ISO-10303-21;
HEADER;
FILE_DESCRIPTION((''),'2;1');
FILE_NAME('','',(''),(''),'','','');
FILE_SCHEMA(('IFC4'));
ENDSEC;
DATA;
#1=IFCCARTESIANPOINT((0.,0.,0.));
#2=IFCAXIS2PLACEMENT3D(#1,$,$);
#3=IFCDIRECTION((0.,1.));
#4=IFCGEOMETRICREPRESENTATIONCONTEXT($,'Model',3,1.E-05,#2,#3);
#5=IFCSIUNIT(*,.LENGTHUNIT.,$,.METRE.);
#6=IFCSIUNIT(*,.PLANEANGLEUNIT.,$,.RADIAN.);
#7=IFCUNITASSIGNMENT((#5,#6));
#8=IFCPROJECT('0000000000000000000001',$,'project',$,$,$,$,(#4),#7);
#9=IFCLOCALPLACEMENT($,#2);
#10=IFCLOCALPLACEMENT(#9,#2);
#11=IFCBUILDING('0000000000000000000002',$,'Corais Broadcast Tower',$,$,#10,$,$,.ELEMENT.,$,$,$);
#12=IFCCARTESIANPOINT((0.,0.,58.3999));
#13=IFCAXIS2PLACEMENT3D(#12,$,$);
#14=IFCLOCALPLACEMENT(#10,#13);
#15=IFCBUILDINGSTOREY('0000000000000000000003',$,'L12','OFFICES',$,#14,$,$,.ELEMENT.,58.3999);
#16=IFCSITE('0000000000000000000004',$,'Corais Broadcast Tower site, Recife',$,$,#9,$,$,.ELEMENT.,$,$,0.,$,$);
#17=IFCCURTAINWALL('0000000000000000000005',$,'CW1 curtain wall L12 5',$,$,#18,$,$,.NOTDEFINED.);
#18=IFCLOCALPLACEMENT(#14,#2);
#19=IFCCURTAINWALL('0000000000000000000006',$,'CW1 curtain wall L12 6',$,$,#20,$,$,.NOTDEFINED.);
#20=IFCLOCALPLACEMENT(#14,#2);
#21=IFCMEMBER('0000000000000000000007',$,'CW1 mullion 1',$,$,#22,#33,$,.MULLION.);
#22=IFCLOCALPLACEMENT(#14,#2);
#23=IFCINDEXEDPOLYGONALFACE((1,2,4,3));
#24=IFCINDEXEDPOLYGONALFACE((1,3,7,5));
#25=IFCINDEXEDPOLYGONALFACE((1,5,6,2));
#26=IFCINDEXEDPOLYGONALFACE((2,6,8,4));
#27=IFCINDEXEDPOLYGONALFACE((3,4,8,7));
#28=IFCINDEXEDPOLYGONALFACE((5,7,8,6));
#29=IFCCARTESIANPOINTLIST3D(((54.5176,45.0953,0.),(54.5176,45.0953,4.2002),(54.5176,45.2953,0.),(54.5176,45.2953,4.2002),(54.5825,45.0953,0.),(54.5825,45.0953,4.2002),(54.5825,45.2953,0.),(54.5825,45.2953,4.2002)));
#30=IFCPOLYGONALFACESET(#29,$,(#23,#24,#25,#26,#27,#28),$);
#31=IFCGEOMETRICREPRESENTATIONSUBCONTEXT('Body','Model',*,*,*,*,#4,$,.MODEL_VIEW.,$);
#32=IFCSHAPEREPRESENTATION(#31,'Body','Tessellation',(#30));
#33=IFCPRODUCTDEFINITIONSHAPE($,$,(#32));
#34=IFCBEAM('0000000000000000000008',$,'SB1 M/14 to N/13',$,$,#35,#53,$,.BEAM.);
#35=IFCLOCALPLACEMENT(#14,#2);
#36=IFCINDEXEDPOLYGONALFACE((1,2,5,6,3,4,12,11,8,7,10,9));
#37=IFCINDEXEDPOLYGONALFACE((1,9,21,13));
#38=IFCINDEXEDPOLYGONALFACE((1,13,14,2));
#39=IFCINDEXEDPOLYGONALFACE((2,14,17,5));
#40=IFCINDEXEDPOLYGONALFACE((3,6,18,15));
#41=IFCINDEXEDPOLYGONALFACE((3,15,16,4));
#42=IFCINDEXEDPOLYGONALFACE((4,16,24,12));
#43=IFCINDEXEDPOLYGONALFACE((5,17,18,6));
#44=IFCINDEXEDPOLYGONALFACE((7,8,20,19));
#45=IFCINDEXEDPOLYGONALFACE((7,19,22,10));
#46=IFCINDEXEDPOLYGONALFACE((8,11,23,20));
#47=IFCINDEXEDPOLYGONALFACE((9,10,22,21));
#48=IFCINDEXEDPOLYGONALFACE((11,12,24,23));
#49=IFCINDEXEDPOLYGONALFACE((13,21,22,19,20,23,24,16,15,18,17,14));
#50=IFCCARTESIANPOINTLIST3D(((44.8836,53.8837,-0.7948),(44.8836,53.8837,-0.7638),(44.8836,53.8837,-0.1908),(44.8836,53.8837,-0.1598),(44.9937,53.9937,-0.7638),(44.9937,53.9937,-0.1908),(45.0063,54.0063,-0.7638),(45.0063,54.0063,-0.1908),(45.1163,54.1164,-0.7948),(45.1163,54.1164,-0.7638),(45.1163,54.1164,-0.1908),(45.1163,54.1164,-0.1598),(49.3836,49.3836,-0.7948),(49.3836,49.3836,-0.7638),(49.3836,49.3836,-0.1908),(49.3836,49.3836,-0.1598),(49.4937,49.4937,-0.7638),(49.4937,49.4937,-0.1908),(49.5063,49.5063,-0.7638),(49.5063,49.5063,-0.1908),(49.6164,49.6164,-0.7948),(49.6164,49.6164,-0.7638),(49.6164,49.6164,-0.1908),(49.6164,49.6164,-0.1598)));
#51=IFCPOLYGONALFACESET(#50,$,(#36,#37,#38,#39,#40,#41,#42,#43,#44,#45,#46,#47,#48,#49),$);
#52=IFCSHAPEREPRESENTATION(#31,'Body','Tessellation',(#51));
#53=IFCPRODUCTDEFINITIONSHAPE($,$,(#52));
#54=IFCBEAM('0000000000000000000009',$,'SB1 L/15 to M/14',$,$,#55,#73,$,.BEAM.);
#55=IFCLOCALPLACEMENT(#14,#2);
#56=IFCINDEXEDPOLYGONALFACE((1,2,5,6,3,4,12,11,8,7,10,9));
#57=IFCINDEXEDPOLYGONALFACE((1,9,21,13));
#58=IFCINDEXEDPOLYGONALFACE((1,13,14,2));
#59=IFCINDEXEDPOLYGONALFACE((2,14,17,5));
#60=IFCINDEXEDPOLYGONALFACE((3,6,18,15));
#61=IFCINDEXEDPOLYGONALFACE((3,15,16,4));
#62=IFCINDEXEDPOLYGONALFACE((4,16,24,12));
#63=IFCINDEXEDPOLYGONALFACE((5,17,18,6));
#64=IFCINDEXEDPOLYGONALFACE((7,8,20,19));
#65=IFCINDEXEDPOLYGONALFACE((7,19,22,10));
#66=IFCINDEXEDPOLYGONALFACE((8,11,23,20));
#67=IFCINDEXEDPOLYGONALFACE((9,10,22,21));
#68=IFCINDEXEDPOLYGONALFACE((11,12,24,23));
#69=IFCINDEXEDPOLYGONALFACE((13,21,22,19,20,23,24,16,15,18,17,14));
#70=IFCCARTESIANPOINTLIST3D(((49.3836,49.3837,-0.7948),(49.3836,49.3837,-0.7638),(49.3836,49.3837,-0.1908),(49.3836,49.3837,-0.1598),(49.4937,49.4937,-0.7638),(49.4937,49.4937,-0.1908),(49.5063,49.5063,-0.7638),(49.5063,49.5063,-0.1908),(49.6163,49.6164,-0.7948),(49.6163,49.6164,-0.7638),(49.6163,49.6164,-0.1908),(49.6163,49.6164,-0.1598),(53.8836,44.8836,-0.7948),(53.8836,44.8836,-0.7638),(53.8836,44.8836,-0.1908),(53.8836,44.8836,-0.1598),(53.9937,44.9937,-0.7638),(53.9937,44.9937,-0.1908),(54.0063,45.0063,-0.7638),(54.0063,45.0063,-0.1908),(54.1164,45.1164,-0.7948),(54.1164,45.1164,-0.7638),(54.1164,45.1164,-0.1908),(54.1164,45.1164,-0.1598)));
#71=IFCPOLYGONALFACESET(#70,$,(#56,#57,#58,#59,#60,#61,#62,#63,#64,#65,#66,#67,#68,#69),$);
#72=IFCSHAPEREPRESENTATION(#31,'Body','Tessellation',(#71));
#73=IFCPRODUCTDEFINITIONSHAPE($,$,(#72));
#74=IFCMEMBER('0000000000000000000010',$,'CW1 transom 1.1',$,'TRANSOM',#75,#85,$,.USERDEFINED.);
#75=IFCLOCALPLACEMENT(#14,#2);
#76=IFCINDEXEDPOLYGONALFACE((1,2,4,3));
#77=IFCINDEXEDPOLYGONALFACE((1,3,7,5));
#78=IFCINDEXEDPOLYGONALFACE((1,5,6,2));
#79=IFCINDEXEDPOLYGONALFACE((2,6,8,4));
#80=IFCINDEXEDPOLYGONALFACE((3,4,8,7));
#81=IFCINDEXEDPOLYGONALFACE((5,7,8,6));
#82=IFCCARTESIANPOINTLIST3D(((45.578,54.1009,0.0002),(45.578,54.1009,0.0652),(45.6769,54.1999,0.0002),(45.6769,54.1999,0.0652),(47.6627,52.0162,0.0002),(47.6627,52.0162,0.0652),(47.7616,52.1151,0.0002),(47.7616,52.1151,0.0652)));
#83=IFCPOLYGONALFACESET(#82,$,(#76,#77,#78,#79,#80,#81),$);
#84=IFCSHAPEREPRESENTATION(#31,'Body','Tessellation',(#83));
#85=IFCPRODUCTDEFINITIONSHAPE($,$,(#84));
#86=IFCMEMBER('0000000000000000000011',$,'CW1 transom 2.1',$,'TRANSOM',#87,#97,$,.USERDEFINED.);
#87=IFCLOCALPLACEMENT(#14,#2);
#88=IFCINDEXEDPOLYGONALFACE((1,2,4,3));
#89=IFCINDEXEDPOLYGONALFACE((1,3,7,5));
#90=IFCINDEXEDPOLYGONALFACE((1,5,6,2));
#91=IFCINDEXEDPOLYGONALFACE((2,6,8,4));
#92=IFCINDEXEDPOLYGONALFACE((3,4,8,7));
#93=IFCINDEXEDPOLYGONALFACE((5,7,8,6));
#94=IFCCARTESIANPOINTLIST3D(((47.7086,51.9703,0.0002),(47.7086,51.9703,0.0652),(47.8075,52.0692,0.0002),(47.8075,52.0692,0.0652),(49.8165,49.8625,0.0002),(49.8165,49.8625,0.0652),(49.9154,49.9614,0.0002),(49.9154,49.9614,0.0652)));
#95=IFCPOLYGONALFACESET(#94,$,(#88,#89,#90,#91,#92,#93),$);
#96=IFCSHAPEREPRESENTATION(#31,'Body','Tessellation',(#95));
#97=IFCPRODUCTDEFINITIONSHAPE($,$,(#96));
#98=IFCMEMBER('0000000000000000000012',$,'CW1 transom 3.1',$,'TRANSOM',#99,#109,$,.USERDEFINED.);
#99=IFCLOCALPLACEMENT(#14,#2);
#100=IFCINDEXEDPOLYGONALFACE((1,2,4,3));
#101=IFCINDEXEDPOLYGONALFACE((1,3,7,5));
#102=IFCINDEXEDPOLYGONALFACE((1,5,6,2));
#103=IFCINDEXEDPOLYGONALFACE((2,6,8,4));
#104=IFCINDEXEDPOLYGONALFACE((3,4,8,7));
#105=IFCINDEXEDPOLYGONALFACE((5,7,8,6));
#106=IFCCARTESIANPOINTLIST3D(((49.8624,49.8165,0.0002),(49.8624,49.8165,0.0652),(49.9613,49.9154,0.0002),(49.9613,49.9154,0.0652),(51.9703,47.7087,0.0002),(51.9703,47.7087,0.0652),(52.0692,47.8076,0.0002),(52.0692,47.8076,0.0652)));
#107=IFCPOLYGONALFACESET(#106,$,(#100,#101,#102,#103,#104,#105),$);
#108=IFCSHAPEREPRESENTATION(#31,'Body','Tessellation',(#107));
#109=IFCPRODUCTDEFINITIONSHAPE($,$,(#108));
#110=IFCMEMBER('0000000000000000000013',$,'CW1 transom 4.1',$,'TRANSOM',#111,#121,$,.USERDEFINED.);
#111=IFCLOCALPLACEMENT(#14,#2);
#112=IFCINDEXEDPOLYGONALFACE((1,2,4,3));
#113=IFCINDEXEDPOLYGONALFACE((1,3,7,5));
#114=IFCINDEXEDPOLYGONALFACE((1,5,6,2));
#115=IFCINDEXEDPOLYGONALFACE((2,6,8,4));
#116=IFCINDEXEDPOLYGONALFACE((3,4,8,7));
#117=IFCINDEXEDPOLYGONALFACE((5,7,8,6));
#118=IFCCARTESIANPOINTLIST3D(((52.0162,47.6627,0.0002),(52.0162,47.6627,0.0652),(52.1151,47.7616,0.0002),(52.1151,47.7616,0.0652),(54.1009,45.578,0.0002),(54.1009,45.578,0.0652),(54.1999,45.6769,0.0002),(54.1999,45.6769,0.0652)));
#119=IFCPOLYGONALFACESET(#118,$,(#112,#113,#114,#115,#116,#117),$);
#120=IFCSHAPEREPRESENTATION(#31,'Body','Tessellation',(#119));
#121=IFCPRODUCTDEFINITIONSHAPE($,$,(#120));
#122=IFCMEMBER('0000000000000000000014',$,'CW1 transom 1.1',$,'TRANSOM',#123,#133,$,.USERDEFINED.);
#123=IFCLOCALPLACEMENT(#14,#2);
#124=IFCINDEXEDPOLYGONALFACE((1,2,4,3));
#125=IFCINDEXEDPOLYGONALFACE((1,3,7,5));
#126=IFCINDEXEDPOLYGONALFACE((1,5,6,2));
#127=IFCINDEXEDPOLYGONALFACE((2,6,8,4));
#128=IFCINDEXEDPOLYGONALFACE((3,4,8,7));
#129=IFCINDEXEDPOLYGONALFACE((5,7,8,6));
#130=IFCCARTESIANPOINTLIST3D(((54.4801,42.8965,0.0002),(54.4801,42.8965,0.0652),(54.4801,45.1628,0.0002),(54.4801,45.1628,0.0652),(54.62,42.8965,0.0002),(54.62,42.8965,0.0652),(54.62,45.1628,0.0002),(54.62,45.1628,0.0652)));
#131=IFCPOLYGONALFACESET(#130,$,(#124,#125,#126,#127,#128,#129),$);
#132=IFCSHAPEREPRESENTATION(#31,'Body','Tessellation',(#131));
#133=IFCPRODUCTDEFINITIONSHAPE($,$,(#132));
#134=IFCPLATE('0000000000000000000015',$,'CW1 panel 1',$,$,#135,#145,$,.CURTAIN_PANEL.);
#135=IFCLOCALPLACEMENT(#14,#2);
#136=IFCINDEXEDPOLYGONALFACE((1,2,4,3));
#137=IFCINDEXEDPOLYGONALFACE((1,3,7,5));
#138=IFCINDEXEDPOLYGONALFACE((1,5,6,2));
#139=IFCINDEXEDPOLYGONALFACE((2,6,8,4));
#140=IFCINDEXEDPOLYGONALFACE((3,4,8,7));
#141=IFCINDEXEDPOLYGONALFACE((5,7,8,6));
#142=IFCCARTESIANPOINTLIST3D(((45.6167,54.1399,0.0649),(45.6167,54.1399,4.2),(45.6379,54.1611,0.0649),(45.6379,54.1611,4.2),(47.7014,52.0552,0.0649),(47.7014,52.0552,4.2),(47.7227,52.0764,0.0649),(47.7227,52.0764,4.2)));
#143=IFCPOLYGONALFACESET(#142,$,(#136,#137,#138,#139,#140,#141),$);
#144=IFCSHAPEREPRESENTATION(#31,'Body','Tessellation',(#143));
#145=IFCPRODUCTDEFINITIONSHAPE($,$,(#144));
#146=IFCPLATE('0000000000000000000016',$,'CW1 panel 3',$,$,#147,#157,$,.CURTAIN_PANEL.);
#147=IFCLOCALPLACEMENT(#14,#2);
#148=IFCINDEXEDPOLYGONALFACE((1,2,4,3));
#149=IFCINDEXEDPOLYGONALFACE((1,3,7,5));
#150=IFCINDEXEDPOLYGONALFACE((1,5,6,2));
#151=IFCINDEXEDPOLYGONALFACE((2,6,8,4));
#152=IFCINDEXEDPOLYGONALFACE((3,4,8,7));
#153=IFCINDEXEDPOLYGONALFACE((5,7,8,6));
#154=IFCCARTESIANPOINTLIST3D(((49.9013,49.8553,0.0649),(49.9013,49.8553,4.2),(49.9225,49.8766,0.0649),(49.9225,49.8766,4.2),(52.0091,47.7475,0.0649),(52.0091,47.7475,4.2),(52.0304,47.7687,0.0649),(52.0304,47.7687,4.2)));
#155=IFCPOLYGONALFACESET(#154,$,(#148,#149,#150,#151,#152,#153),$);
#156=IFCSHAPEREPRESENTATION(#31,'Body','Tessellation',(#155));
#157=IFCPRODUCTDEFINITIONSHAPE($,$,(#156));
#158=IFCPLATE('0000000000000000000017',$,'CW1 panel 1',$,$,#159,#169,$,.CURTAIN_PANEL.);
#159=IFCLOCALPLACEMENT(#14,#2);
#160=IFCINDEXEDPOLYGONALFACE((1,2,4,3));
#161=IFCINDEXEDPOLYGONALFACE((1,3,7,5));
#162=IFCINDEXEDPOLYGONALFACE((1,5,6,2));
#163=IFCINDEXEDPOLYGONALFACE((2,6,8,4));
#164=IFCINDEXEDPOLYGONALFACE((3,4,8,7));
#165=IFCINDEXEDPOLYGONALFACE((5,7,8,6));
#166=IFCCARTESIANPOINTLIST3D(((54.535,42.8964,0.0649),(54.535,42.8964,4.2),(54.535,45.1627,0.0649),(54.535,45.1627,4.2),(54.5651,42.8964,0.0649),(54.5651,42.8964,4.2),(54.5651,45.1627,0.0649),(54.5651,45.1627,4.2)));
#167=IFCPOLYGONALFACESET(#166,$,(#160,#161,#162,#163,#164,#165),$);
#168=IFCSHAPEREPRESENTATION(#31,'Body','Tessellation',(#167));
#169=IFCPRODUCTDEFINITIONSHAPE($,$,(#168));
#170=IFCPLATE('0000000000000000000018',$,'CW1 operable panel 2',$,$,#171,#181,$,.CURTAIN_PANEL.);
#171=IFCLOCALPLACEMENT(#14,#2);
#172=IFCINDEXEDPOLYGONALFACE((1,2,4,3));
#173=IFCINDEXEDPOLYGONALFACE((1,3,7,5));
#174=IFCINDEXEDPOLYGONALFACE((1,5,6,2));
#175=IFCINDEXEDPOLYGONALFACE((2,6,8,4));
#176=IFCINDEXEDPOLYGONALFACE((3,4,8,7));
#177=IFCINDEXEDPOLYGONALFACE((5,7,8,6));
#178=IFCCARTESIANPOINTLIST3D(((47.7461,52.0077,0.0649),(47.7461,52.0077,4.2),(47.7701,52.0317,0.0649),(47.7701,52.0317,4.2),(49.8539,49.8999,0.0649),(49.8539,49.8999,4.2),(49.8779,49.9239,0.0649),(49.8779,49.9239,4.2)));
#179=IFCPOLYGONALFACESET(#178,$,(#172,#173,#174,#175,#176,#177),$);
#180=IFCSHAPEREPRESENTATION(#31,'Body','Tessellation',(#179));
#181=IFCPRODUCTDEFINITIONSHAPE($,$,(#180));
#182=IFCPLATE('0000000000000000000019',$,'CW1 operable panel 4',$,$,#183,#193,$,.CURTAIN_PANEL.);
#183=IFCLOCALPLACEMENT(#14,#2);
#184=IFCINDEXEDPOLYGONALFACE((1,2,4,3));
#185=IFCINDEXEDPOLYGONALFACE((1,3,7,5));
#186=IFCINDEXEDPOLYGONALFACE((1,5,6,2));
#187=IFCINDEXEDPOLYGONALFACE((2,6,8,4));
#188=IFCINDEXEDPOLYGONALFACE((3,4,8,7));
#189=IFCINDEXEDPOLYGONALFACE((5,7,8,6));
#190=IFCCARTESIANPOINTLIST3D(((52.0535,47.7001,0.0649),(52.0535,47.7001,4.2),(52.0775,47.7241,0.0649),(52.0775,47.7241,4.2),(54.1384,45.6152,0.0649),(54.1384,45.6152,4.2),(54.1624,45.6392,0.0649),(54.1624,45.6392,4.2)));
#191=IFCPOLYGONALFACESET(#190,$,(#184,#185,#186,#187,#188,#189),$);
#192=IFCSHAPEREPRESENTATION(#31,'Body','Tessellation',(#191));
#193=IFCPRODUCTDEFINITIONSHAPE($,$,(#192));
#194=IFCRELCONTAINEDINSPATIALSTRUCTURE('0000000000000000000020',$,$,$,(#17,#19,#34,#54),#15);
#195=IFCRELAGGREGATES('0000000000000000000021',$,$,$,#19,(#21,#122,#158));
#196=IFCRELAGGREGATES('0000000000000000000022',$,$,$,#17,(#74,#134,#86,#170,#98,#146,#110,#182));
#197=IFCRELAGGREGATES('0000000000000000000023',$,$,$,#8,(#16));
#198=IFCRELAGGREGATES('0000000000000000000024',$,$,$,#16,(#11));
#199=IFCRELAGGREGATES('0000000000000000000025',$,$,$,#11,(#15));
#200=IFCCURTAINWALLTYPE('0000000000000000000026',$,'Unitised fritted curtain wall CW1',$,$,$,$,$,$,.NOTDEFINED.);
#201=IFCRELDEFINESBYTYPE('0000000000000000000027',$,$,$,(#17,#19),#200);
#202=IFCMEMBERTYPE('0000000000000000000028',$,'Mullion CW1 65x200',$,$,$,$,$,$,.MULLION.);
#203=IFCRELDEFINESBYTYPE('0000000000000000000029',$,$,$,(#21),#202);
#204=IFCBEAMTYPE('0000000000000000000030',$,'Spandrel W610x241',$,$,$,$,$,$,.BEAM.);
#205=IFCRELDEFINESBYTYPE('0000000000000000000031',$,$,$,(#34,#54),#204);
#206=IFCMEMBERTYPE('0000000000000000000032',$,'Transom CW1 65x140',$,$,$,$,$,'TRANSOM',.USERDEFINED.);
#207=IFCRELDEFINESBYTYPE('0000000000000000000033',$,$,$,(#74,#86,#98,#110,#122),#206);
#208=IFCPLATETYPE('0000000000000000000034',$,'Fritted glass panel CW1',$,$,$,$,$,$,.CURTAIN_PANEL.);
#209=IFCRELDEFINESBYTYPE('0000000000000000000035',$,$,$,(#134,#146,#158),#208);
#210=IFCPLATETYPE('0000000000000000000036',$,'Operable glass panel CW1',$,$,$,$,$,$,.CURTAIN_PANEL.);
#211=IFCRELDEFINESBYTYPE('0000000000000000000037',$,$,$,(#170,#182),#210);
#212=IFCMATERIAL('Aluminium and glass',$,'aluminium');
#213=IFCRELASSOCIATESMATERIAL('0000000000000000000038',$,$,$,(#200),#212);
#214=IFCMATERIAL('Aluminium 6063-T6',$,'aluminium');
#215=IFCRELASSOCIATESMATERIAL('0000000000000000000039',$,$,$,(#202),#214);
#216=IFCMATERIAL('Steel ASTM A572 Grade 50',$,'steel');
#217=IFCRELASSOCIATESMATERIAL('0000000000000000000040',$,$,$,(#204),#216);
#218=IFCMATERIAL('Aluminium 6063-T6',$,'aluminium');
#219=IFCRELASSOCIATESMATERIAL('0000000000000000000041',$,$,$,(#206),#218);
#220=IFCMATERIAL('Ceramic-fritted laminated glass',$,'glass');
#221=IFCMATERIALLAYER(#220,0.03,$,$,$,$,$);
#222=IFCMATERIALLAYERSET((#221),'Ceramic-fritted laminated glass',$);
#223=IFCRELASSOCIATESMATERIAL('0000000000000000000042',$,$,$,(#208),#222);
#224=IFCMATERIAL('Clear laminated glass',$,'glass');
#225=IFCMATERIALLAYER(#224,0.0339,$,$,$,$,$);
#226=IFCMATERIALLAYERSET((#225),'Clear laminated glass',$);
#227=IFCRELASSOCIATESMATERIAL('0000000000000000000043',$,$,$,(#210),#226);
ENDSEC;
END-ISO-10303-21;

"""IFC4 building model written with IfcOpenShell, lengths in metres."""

from ifc_helpers import new_model, si_unit, direction, frame, origin, origin_2d, place, context, subcontext, project, spatial, rectangle, i_section, extrude, material, layer, layer_set, material_profile, profile_set, type_object, element, aggregate, save


model = new_model("IFC4")

# Units and contexts
model_context = context("Model", 3, precision=1e-05, world=origin(), true_north=direction((0.0, 1.0)))
body_context = subcontext(model_context, "Body", "Model", "MODEL_VIEW")
ifc_project = project(units=[si_unit("LENGTHUNIT", "METRE"), si_unit("PLANEANGLEUNIT", "RADIAN")], contexts=[model_context])

# Site, building, storey
site_placement = place(None, origin())
site = spatial("IfcSite", under=ifc_project, at=site_placement, Name="Corais Broadcast Tower site, Recife", CompositionType="ELEMENT", RefElevation=0.0)
building_placement = place(site_placement, origin())
building = spatial("IfcBuilding", under=site, at=building_placement, Name="Corais Broadcast Tower", CompositionType="ELEMENT")
storey_placement = place(building_placement, frame((0.0, 0.0, 58.3999)))
storey = spatial("IfcBuildingStorey", under=building, at=storey_placement, Name="L12", Description="OFFICES", CompositionType="ELEMENT", Elevation=58.3999)

# Shared definitions
ifc_material_1 = material(Name="Aluminium and glass", Category="aluminium")
curtain_wall_type = type_object("IfcCurtainWallType", Name="Unitised fritted curtain wall CW1", PredefinedType="NOTDEFINED", material=ifc_material_1)
ifc_material_2 = material(Name="Aluminium 6063-T6", Category="aluminium")
ifc_material_profile_1 = material_profile(ifc_material_2, rectangle(XDim=0.0649, YDim=0.2, at=origin_2d()), Name="Mullion CW1 65x200")
ifc_profile_set_1 = profile_set([ifc_material_profile_1], Name="Aluminium 6063-T6")
member_type_1 = type_object("IfcMemberType", Name="Mullion CW1 65x200", PredefinedType="MULLION", material=ifc_profile_set_1)

# Curtain wall
curtain_wall_1_placement = place(storey_placement, origin())
curtain_wall_1 = element("IfcCurtainWall", 1, at=curtain_wall_1_placement, inside=storey, type_object=curtain_wall_type, Name="CW1 curtain wall L12 5", PredefinedType="NOTDEFINED")

# Curtain wall, member
curtain_wall_2_placement = place(storey_placement, origin())
curtain_wall_2 = element("IfcCurtainWall", 2, at=curtain_wall_2_placement, inside=storey, type_object=curtain_wall_type, Name="CW1 curtain wall L12 6", PredefinedType="NOTDEFINED")
member_1_placement = place(storey_placement, frame((54.55, 45.1953, 0.0), z_axis=(0.0, 0.0, 1.0), x_axis=(1.0, 0.0, 0.0)))
member_1 = element("IfcMember", 3, at=member_1_placement, type_object=member_type_1, Name="CW1 mullion 1", PredefinedType="MULLION", context=body_context, shape_type="SweptSolid", body=[
    extrude(rectangle(XDim=0.0649, YDim=0.2, at=origin_2d()), origin(), (0.0, 0.0, 1.0), 4.2002),
])

# Beams
ifc_material_3 = material(Name="Steel ASTM A572 Grade 50", Category="steel")
ifc_material_profile_2 = material_profile(ifc_material_3, i_section(OverallWidth=0.3291, OverallDepth=0.635, WebThickness=0.0178, FlangeThickness=0.031, at=origin_2d()), Name="W610x241")
ifc_profile_set_2 = profile_set([ifc_material_profile_2], Name="Steel ASTM A572 Grade 50")
beam_type_1 = type_object("IfcBeamType", Name="Spandrel W610x241", PredefinedType="BEAM", material=ifc_profile_set_2)
for number, where, z_axis, x_axis, name in (
    (4, (49.5, 49.5, -0.4773), (-0.707107, 0.707107, 0.0), (-0.707107, -0.707107, 0.0), "SB1 M/14 to N/13"),
    (5, (54.0, 45.0, -0.4773), (-0.707107, 0.707107, 0.0), (-0.707107, -0.707107, 0.0), "SB1 L/15 to M/14"),
):
    element("IfcBeam", number, at=place(storey_placement, frame(where, z_axis=z_axis, x_axis=x_axis)), inside=storey, type_object=beam_type_1, Name=name, PredefinedType="BEAM", context=body_context, shape_type="SweptSolid", body=[
        extrude(i_section(OverallWidth=0.3291, OverallDepth=0.635, WebThickness=0.0178, FlangeThickness=0.031, at=origin_2d()), origin(), (0.0, 0.0, 1.0), 6.364),
    ])

# Members
ifc_material_4 = material(Name="Aluminium 6063-T6", Category="aluminium")
ifc_material_profile_3 = material_profile(ifc_material_4, rectangle(XDim=0.1399, YDim=0.0649, at=origin_2d()), Name="Transom CW1 65x140")
ifc_profile_set_3 = profile_set([ifc_material_profile_3], Name="Aluminium 6063-T6")
member_type_2 = type_object("IfcMemberType", Name="Transom CW1 65x140", ElementType="TRANSOM", PredefinedType="USERDEFINED", material=ifc_profile_set_3)
member_2_placement = place(storey_placement, frame((45.6274, 54.1504, 0.0327), z_axis=(0.707107, -0.707107, 0.0), x_axis=(0.707107, 0.707107, 0.0)))
member_2 = element("IfcMember", 6, at=member_2_placement, type_object=member_type_2, Name="CW1 transom 1.1", ObjectType="TRANSOM", PredefinedType="USERDEFINED", context=body_context, shape_type="SweptSolid", body=[
    extrude(rectangle(XDim=0.1399, YDim=0.0649, at=origin_2d()), origin(), (0.0, 0.0, 1.0), 2.9482),
])
member_3_placement = place(storey_placement, frame((47.7581, 52.0198, 0.0327), z_axis=(0.707107, -0.707107, 0.0), x_axis=(0.707107, 0.707107, 0.0)))
member_3 = element("IfcMember", 7, at=member_3_placement, type_object=member_type_2, Name="CW1 transom 2.1", ObjectType="TRANSOM", PredefinedType="USERDEFINED", context=body_context, shape_type="SweptSolid", body=[
    extrude(rectangle(XDim=0.1399, YDim=0.0649, at=origin_2d()), origin(), (0.0, 0.0, 1.0), 2.981),
])
member_4_placement = place(storey_placement, frame((49.9119, 49.866, 0.0327), z_axis=(0.707107, -0.707107, 0.0), x_axis=(0.707107, 0.707107, 0.0)))
member_4 = element("IfcMember", 8, at=member_4_placement, type_object=member_type_2, Name="CW1 transom 3.1", ObjectType="TRANSOM", PredefinedType="USERDEFINED", context=body_context, shape_type="SweptSolid", body=[
    extrude(rectangle(XDim=0.1399, YDim=0.0649, at=origin_2d()), origin(), (0.0, 0.0, 1.0), 2.981),
])
member_5_placement = place(storey_placement, frame((52.0657, 47.7122, 0.0327), z_axis=(0.707107, -0.707107, 0.0), x_axis=(0.707107, 0.707107, 0.0)))
member_5 = element("IfcMember", 9, at=member_5_placement, type_object=member_type_2, Name="CW1 transom 4.1", ObjectType="TRANSOM", PredefinedType="USERDEFINED", context=body_context, shape_type="SweptSolid", body=[
    extrude(rectangle(XDim=0.1399, YDim=0.0649, at=origin_2d()), origin(), (0.0, 0.0, 1.0), 2.9482),
])
member_6_placement = place(storey_placement, frame((54.55, 45.1628, 0.0327), z_axis=(0.0, -1.0, 0.0), x_axis=(1.0, 0.0, 0.0)))
member_6 = element("IfcMember", 10, at=member_6_placement, type_object=member_type_2, Name="CW1 transom 1.1", ObjectType="TRANSOM", PredefinedType="USERDEFINED", context=body_context, shape_type="SweptSolid", body=[
    extrude(rectangle(XDim=0.1399, YDim=0.0649, at=origin_2d()), origin(), (0.0, 0.0, 1.0), 2.2664),
])

# Plates
ifc_material_5 = material(Name="Ceramic-fritted laminated glass", Category="glass")
ifc_layer_1 = layer(ifc_material_5, 0.03)
ifc_layer_set_1 = layer_set([ifc_layer_1], Name="Ceramic-fritted laminated glass")
plate_type_1 = type_object("IfcPlateType", Name="Fritted glass panel CW1", PredefinedType="CURTAIN_PANEL", material=ifc_layer_set_1)
plate_1_placement = place(storey_placement, frame((46.6697, 53.1082, 0.0649), z_axis=(0.0, 0.0, 1.0), x_axis=(0.707107, -0.707107, 0.0)))
plate_1 = element("IfcPlate", 11, at=plate_1_placement, type_object=plate_type_1, Name="CW1 panel 1", PredefinedType="CURTAIN_PANEL", context=body_context, shape_type="SweptSolid", body=[
    extrude(rectangle(XDim=2.9482, YDim=0.03, at=origin_2d()), origin(), (0.0, 0.0, 1.0), 4.135),
])
plate_2_placement = place(storey_placement, frame((50.9658, 48.812, 0.0649), z_axis=(0.0, 0.0, 1.0), x_axis=(0.707107, -0.707107, 0.0)))
plate_2 = element("IfcPlate", 12, at=plate_2_placement, type_object=plate_type_1, Name="CW1 panel 3", PredefinedType="CURTAIN_PANEL", context=body_context, shape_type="SweptSolid", body=[
    extrude(rectangle(XDim=2.981, YDim=0.03, at=origin_2d()), origin(), (0.0, 0.0, 1.0), 4.135),
])
plate_3_placement = place(storey_placement, frame((54.55, 44.0295, 0.0649), z_axis=(0.0, 0.0, 1.0), x_axis=(0.0, -1.0, 0.0)))
plate_3 = element("IfcPlate", 13, at=plate_3_placement, type_object=plate_type_1, Name="CW1 panel 1", PredefinedType="CURTAIN_PANEL", context=body_context, shape_type="SweptSolid", body=[
    extrude(rectangle(XDim=2.2664, YDim=0.03, at=origin_2d()), origin(), (0.0, 0.0, 1.0), 4.135),
])
aggregate(curtain_wall_2, [member_1, member_6, plate_3])
ifc_material_6 = material(Name="Clear laminated glass", Category="glass")
ifc_layer_2 = layer(ifc_material_6, 0.0339)
ifc_layer_set_2 = layer_set([ifc_layer_2], Name="Clear laminated glass")
plate_type_2 = type_object("IfcPlateType", Name="Operable glass panel CW1", PredefinedType="CURTAIN_PANEL", material=ifc_layer_set_2)
plate_4_placement = place(storey_placement, frame((48.812, 50.9658, 0.0649), z_axis=(0.0, 0.0, 1.0), x_axis=(0.707107, -0.707107, 0.0)))
plate_4 = element("IfcPlate", 14, at=plate_4_placement, type_object=plate_type_2, Name="CW1 operable panel 2", PredefinedType="CURTAIN_PANEL", context=body_context, shape_type="SweptSolid", body=[
    extrude(rectangle(XDim=2.981, YDim=0.0339, at=origin_2d()), origin(), (0.0, 0.0, 1.0), 4.135),
])
plate_5_placement = place(storey_placement, frame((53.1079, 46.6697, 0.0649), z_axis=(0.0, 0.0, 1.0), x_axis=(0.707107, -0.707107, 0.0)))
plate_5 = element("IfcPlate", 15, at=plate_5_placement, type_object=plate_type_2, Name="CW1 operable panel 4", PredefinedType="CURTAIN_PANEL", context=body_context, shape_type="SweptSolid", body=[
    extrude(rectangle(XDim=2.9485, YDim=0.0339, at=origin_2d()), origin(), (0.0, 0.0, 1.0), 4.135),
])
aggregate(curtain_wall_1, [member_2, plate_1, member_3, plate_4, member_4, plate_2, member_5, plate_5])

save(model, "model.ifc")
